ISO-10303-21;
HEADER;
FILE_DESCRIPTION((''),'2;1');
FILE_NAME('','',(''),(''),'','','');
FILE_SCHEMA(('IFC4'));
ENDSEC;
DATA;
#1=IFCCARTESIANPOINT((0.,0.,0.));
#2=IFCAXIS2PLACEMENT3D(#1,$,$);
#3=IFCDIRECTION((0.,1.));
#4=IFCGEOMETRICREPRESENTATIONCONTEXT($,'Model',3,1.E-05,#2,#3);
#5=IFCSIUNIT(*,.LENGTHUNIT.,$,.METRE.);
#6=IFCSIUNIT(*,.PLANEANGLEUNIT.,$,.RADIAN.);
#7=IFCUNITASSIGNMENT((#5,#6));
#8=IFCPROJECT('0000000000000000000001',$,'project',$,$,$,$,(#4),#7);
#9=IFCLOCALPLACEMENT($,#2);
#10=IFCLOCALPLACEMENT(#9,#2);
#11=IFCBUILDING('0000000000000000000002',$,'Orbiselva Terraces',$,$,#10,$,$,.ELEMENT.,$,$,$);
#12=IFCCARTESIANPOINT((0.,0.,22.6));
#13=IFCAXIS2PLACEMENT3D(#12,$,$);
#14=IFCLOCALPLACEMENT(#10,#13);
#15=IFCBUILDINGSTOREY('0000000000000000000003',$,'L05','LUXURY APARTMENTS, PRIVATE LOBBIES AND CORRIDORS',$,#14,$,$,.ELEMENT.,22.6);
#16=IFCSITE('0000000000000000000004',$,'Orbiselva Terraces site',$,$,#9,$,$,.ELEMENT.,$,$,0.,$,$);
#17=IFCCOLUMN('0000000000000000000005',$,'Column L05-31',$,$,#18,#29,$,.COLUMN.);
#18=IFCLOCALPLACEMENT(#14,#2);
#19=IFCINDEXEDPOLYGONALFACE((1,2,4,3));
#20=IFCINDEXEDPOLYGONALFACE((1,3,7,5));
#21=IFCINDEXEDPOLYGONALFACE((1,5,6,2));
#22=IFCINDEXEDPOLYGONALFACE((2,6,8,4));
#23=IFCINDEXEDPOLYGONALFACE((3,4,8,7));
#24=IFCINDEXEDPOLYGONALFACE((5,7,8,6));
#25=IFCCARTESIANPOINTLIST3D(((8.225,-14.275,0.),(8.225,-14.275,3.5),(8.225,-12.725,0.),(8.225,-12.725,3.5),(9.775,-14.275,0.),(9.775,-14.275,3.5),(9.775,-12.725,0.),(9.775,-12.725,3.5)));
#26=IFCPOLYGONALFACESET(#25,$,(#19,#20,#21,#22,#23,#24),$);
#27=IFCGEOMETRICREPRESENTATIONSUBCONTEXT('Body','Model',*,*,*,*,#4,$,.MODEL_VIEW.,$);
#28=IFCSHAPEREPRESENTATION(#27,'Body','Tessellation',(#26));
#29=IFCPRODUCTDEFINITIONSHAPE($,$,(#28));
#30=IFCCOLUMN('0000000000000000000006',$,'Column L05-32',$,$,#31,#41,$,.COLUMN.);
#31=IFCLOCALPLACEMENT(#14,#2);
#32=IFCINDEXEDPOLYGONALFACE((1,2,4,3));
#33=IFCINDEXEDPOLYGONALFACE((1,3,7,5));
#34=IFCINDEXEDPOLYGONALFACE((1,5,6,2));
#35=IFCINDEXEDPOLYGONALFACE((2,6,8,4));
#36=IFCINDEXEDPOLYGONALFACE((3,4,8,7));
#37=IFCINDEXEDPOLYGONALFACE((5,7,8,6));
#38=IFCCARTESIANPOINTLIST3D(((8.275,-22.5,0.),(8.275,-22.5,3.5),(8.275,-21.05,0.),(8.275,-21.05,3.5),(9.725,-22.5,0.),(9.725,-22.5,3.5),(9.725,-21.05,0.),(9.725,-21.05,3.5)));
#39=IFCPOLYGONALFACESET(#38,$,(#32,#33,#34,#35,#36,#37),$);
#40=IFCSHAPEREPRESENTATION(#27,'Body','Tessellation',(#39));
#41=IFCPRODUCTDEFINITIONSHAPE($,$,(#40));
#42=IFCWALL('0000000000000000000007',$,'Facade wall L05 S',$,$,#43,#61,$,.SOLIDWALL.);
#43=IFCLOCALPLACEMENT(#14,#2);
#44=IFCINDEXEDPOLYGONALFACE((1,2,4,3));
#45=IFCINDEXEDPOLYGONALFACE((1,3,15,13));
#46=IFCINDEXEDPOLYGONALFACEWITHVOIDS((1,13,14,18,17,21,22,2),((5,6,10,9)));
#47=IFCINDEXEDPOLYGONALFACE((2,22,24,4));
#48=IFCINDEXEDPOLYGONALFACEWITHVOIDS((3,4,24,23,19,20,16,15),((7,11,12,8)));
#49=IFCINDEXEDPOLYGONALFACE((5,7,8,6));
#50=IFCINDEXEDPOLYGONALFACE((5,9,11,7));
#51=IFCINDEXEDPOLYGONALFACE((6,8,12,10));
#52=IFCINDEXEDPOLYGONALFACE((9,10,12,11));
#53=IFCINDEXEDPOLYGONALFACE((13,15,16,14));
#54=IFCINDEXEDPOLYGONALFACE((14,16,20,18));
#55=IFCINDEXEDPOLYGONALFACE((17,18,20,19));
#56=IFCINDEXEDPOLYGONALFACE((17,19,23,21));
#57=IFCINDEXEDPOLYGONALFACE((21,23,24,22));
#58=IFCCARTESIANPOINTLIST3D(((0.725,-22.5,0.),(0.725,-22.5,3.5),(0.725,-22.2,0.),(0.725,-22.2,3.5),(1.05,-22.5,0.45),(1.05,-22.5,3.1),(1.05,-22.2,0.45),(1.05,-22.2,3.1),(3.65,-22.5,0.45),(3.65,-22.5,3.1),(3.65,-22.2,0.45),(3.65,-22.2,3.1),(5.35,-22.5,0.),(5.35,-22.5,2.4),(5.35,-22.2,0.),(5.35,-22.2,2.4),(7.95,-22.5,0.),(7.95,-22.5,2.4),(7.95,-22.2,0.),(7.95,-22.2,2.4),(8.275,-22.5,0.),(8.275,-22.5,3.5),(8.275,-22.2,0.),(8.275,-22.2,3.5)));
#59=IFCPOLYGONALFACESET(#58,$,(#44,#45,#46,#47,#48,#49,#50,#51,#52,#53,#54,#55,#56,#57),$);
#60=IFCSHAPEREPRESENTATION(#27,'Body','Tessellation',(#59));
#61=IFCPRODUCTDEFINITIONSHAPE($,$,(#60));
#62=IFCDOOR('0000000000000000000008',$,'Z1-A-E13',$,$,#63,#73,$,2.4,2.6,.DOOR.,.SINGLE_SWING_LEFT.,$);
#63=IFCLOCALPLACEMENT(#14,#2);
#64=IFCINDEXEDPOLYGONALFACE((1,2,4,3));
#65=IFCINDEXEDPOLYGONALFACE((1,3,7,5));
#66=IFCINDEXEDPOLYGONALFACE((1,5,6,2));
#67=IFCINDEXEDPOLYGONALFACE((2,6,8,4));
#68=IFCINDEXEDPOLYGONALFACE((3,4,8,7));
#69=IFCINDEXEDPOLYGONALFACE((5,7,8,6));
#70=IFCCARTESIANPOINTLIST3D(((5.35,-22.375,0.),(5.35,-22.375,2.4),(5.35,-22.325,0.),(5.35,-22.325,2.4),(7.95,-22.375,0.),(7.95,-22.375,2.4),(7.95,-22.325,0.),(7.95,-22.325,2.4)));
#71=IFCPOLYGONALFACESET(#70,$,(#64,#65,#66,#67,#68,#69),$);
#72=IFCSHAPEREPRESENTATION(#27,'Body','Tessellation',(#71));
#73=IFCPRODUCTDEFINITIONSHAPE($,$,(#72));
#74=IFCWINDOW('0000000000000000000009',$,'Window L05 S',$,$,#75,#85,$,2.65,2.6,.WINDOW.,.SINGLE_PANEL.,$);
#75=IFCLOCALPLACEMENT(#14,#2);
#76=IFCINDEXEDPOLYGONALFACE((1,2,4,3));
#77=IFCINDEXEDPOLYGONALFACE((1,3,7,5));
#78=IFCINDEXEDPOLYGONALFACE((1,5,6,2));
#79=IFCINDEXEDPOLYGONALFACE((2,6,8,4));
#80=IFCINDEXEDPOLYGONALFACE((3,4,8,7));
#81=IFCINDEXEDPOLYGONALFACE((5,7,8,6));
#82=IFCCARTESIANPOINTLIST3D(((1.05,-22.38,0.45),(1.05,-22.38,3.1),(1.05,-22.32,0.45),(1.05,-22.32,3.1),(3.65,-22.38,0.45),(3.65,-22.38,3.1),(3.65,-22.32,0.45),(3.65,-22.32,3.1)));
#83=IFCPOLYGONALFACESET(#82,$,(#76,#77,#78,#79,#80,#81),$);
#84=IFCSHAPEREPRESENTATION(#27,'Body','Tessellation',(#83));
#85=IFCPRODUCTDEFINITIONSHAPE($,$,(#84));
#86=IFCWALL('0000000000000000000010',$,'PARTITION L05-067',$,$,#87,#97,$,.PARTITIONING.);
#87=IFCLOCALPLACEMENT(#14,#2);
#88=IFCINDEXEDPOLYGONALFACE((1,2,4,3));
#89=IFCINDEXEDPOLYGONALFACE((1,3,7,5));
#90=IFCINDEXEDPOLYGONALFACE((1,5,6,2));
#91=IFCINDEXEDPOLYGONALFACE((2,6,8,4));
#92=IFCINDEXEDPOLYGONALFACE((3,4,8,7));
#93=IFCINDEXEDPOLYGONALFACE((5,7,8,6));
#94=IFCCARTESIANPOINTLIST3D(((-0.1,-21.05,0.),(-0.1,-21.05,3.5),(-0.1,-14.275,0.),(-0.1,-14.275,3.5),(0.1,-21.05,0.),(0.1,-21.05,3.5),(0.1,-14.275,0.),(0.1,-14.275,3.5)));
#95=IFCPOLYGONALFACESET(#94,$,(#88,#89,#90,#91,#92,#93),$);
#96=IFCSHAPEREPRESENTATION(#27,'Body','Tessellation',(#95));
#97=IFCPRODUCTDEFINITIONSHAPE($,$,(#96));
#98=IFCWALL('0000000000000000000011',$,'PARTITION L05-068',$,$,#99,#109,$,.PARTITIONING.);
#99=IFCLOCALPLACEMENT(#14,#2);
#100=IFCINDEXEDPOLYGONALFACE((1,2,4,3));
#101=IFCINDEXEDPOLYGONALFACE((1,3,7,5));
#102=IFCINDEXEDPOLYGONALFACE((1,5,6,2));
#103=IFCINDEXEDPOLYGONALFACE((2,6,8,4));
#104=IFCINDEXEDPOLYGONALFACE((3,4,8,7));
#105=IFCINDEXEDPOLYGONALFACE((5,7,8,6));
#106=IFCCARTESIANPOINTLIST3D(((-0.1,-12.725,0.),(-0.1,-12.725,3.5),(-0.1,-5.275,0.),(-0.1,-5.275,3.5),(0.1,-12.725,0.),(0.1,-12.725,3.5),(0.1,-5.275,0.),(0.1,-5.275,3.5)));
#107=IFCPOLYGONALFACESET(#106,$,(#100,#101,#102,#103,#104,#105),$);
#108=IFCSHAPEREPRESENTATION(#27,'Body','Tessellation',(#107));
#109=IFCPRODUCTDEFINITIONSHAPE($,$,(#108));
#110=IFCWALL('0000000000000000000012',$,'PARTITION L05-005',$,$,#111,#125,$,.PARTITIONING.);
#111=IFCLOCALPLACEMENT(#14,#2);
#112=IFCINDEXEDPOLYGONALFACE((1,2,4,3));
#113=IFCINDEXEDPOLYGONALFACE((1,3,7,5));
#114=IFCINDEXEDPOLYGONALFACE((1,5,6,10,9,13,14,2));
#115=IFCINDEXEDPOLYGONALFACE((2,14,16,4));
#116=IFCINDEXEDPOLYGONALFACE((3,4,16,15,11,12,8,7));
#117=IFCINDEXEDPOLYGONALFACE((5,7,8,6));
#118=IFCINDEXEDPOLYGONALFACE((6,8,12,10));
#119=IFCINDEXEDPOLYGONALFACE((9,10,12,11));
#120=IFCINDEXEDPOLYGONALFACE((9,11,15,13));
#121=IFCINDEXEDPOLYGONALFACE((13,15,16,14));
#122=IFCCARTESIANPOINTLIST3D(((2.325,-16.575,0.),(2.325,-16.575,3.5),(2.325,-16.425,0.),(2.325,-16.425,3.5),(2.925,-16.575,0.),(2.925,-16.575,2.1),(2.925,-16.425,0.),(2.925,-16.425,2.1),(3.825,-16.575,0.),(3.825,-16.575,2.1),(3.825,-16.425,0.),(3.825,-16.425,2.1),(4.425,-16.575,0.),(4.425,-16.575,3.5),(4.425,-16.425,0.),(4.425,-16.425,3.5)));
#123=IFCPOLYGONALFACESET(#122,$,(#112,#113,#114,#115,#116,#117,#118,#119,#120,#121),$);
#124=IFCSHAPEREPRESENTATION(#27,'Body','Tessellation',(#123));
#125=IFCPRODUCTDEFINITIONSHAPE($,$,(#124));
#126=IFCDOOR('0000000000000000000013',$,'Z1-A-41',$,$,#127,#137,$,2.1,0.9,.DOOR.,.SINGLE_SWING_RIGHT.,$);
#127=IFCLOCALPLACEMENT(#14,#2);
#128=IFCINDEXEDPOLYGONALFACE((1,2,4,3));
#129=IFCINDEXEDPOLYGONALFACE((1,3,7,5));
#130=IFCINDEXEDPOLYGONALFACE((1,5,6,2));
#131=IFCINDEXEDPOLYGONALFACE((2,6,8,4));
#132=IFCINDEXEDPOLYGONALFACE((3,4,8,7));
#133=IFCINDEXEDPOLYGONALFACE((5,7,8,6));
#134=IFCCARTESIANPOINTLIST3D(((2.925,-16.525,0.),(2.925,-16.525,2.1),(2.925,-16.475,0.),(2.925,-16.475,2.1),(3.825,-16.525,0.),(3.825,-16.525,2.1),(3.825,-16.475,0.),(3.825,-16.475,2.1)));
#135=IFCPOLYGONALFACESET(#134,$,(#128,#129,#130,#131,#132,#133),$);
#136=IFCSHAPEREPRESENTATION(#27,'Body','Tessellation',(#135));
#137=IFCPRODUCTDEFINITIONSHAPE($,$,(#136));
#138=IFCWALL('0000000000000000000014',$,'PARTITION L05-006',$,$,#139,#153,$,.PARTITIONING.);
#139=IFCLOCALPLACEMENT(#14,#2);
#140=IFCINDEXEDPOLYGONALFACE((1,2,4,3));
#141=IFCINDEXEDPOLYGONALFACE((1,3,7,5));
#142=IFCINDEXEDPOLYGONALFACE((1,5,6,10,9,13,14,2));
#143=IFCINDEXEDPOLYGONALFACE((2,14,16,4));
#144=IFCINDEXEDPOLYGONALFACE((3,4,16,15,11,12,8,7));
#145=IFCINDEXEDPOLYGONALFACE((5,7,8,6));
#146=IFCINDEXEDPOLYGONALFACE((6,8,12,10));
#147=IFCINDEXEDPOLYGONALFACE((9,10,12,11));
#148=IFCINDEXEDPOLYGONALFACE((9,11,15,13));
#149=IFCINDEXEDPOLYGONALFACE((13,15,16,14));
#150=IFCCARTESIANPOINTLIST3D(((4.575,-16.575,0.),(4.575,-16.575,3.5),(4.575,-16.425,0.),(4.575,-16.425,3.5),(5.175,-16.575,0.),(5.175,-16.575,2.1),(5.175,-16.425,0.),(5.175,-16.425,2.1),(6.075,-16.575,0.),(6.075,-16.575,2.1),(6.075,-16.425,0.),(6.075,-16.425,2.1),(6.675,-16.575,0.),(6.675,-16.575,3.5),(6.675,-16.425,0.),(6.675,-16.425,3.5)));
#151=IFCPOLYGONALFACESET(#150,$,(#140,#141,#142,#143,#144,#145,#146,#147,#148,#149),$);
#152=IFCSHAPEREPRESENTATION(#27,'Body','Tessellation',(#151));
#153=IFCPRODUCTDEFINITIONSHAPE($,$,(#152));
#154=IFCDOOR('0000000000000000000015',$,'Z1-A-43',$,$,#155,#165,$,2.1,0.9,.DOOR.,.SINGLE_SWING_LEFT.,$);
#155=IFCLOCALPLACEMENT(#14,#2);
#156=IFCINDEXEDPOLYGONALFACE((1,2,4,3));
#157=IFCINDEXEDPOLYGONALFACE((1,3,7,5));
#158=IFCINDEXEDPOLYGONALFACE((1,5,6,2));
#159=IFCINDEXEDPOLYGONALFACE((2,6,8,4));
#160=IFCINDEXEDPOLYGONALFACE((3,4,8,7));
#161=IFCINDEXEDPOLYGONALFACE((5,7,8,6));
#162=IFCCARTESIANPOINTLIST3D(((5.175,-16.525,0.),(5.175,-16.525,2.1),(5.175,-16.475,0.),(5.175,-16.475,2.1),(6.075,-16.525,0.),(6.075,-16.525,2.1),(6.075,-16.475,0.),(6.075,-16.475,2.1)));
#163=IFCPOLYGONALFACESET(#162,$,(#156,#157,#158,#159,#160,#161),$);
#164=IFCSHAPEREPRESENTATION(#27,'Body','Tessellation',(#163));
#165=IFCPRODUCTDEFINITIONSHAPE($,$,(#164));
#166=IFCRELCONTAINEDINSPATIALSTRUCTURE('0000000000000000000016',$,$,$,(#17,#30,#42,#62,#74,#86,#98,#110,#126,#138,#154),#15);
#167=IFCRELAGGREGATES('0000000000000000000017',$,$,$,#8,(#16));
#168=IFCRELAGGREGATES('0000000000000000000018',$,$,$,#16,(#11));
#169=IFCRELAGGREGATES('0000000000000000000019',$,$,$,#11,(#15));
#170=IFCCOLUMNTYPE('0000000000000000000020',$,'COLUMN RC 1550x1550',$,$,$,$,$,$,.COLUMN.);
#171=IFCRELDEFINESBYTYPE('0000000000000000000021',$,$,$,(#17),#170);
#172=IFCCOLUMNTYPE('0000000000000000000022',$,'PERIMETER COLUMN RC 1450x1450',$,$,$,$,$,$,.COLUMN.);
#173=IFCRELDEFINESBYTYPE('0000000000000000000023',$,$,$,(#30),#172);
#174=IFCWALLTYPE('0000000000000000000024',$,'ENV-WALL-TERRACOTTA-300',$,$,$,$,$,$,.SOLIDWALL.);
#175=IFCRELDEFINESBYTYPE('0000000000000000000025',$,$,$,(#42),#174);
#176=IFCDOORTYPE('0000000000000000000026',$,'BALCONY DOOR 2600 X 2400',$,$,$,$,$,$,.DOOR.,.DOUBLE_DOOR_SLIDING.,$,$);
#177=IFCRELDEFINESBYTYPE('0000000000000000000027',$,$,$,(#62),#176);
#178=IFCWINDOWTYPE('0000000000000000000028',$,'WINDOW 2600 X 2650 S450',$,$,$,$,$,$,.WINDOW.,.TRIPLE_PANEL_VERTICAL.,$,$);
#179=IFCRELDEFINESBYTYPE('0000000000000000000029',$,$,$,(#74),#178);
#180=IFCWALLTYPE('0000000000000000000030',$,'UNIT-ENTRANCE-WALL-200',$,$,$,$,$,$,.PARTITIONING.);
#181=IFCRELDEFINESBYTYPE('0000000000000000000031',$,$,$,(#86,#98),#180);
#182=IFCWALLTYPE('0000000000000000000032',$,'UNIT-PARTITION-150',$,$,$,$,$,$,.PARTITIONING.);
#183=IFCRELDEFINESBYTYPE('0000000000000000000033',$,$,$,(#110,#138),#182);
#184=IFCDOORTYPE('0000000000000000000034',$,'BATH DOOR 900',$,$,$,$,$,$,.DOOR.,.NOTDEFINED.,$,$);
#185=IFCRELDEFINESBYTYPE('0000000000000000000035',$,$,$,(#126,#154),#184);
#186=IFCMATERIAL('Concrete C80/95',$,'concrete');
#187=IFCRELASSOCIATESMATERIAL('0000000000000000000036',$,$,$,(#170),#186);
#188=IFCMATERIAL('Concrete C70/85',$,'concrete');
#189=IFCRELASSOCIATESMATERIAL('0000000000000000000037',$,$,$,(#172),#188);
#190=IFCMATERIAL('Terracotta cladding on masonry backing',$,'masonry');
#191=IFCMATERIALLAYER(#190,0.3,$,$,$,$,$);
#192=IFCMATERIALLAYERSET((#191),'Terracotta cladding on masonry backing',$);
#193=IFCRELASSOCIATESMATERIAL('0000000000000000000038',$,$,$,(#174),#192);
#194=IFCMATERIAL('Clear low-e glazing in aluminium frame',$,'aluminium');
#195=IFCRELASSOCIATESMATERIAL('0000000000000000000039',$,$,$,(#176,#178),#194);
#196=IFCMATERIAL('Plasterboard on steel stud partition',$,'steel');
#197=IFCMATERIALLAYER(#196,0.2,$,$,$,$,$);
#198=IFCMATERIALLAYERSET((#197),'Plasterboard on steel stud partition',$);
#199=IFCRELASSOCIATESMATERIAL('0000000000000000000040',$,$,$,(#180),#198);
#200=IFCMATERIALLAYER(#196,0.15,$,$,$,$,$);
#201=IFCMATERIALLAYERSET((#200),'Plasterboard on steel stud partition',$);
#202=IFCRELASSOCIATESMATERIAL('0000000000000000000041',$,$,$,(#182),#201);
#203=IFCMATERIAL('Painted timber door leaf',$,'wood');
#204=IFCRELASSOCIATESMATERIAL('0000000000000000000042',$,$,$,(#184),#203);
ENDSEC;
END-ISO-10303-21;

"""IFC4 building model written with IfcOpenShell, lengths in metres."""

from ifc_helpers import new_model, si_unit, direction, frame, frame_2d, origin, origin_2d, place, context, subcontext, project, spatial, rectangle, extrude, material, layer, layer_set, material_profile, profile_set, type_object, element, fill, save


model = new_model("IFC4")

# Units and contexts
model_context = context("Model", 3, precision=1e-05, world=origin(), true_north=direction((0.0, 1.0)))
body_context = subcontext(model_context, "Body", "Model", "MODEL_VIEW")
ifc_project = project(units=[si_unit("LENGTHUNIT", "METRE"), si_unit("PLANEANGLEUNIT", "RADIAN")], contexts=[model_context])

# Site, building, storey
site_placement = place(None, origin())
site = spatial("IfcSite", under=ifc_project, at=site_placement, Name="Orbiselva Terraces site", CompositionType="ELEMENT", RefElevation=0.0)
building_placement = place(site_placement, origin())
building = spatial("IfcBuilding", under=site, at=building_placement, Name="Orbiselva Terraces", CompositionType="ELEMENT")
storey_placement = place(building_placement, frame((0.0, 0.0, 22.6)))
storey = spatial("IfcBuildingStorey", under=building, at=storey_placement, Name="L05", Description="LUXURY APARTMENTS, PRIVATE LOBBIES AND CORRIDORS", CompositionType="ELEMENT", Elevation=22.6)

# Columns
ifc_material_1 = material(Name="Concrete C80/95", Category="concrete")
ifc_material_profile_1 = material_profile(ifc_material_1, rectangle(XDim=1.55, YDim=1.55, at=origin_2d()), Name="RC 1550x1550")
ifc_profile_set_1 = profile_set([ifc_material_profile_1], Name="Concrete C80/95")
column_type_1 = type_object("IfcColumnType", Name="COLUMN RC 1550x1550", PredefinedType="COLUMN", material=ifc_profile_set_1)
column_1_placement = place(storey_placement, frame((9.0, -13.5, 0.0), z_axis=(0.0, 0.0, 1.0), x_axis=(1.0, 0.0, 0.0)))
element("IfcColumn", 1, at=column_1_placement, inside=storey, type_object=column_type_1, Name="Column L05-31", PredefinedType="COLUMN", context=body_context, shape_type="SweptSolid", body=[
    extrude(rectangle(XDim=1.55, YDim=1.55, at=origin_2d()), origin(), (0.0, 0.0, 1.0), 3.5),
])
ifc_material_2 = material(Name="Concrete C70/85", Category="concrete")
ifc_material_profile_2 = material_profile(ifc_material_2, rectangle(XDim=1.45, YDim=1.45, at=origin_2d()), Name="RC 1450x1450")
ifc_profile_set_2 = profile_set([ifc_material_profile_2], Name="Concrete C70/85")
column_type_2 = type_object("IfcColumnType", Name="PERIMETER COLUMN RC 1450x1450", PredefinedType="COLUMN", material=ifc_profile_set_2)
column_2_placement = place(storey_placement, frame((9.0, -21.775, 0.0), z_axis=(0.0, 0.0, 1.0), x_axis=(1.0, 0.0, 0.0)))
element("IfcColumn", 2, at=column_2_placement, inside=storey, type_object=column_type_2, Name="Column L05-32", PredefinedType="COLUMN", context=body_context, shape_type="SweptSolid", body=[
    extrude(rectangle(XDim=1.45, YDim=1.45, at=origin_2d()), origin(), (0.0, 0.0, 1.0), 3.5),
])

# Wall, openings, door, window
ifc_material_3 = material(Name="Terracotta cladding on masonry backing", Category="masonry")
ifc_layer_1 = layer(ifc_material_3, 0.3)
ifc_layer_set_1 = layer_set([ifc_layer_1], Name="Terracotta cladding on masonry backing")
wall_type_1 = type_object("IfcWallType", Name="ENV-WALL-TERRACOTTA-300", PredefinedType="SOLIDWALL", material=ifc_layer_set_1)
wall_1_placement = place(storey_placement, frame((8.275, -22.35, 0.0), z_axis=(0.0, 0.0, 1.0), x_axis=(-1.0, 0.0, 0.0)))
wall_1 = element("IfcWall", 3, at=wall_1_placement, inside=storey, type_object=wall_type_1, Name="Facade wall L05 S", PredefinedType="SOLIDWALL", context=body_context, shape_type="SweptSolid", body=[
    extrude(rectangle(XDim=7.55, YDim=0.3, at=frame_2d((3.775, 0.0))), origin(), (0.0, 0.0, 1.0), 3.5),
])
opening_1_placement = place(wall_1_placement, frame((4.625, 0.0, 0.45)))
opening_1 = element("IfcOpeningElement", 4, at=opening_1_placement, cuts=wall_1, PredefinedType="OPENING", context=body_context, shape_type="SweptSolid", body=[
    extrude(rectangle(XDim=2.6, YDim=2.65, at=frame_2d((1.3, 1.325))), frame((0.0, 0.16, 0.0), z_axis=(0.0, -1.0, 0.0), x_axis=(1.0, 0.0, 0.0)), (0.0, 0.0, 1.0), 0.32),
])
opening_2_placement = place(wall_1_placement, frame((0.325, 0.0, 0.0)))
opening_2 = element("IfcOpeningElement", 5, at=opening_2_placement, cuts=wall_1, PredefinedType="OPENING", context=body_context, shape_type="SweptSolid", body=[
    extrude(rectangle(XDim=2.6, YDim=2.4, at=frame_2d((1.3, 1.2))), frame((0.0, 0.16, 0.0), z_axis=(0.0, -1.0, 0.0), x_axis=(1.0, 0.0, 0.0)), (0.0, 0.0, 1.0), 0.32),
])
ifc_material_4 = material(Name="Clear low-e glazing in aluminium frame", Category="aluminium")
door_type_1 = type_object("IfcDoorType", Name="BALCONY DOOR 2600 X 2400", OperationType="DOUBLE_DOOR_SLIDING", PredefinedType="DOOR", material=ifc_material_4)
door_1_placement = place(opening_2_placement, origin())
door_1 = element("IfcDoor", 6, at=door_1_placement, inside=storey, type_object=door_type_1, Name="Z1-A-E13", OperationType="SINGLE_SWING_LEFT", OverallHeight=2.4, OverallWidth=2.6, PredefinedType="DOOR", context=body_context, shape_type="SweptSolid", body=[
    extrude(rectangle(XDim=2.6, YDim=2.4, at=frame_2d((1.3, 1.2))), frame((0.0, 0.025, 0.0), z_axis=(0.0, -1.0, 0.0), x_axis=(1.0, 0.0, 0.0)), (0.0, 0.0, 1.0), 0.05),
])
fill(opening_2, door_1)
window_type = type_object("IfcWindowType", Name="WINDOW 2600 X 2650 S450", PartitioningType="TRIPLE_PANEL_VERTICAL", PredefinedType="WINDOW", material=ifc_material_4)
window_placement = place(opening_1_placement, origin())
window = element("IfcWindow", 7, at=window_placement, inside=storey, type_object=window_type, Name="Window L05 S", OverallHeight=2.65, OverallWidth=2.6, PartitioningType="SINGLE_PANEL", PredefinedType="WINDOW", context=body_context, shape_type="SweptSolid", body=[
    extrude(rectangle(XDim=2.6, YDim=2.65, at=frame_2d((1.3, 1.325))), frame((0.0, 0.03, 0.0), z_axis=(0.0, -1.0, 0.0), x_axis=(1.0, 0.0, 0.0)), (0.0, 0.0, 1.0), 0.06),
])
fill(opening_1, window)

# Walls
ifc_material_5 = material(Name="Plasterboard on steel stud partition", Category="steel")
ifc_layer_2 = layer(ifc_material_5, 0.2)
ifc_layer_set_2 = layer_set([ifc_layer_2], Name="Plasterboard on steel stud partition")
wall_type_2 = type_object("IfcWallType", Name="UNIT-ENTRANCE-WALL-200", PredefinedType="PARTITIONING", material=ifc_layer_set_2)
wall_2_placement = place(storey_placement, frame((0.0, -21.05, 0.0), z_axis=(0.0, 0.0, 1.0), x_axis=(0.0, 1.0, 0.0)))
element("IfcWall", 8, at=wall_2_placement, inside=storey, type_object=wall_type_2, Name="PARTITION L05-067", PredefinedType="PARTITIONING", context=body_context, shape_type="SweptSolid", body=[
    extrude(rectangle(XDim=6.775, YDim=0.2, at=frame_2d((3.3875, 0.0))), origin(), (0.0, 0.0, 1.0), 3.5),
])
wall_3_placement = place(storey_placement, frame((0.0, -12.725, 0.0), z_axis=(0.0, 0.0, 1.0), x_axis=(0.0, 1.0, 0.0)))
element("IfcWall", 9, at=wall_3_placement, inside=storey, type_object=wall_type_2, Name="PARTITION L05-068", PredefinedType="PARTITIONING", context=body_context, shape_type="SweptSolid", body=[
    extrude(rectangle(XDim=7.45, YDim=0.2, at=frame_2d((3.725, 0.0))), origin(), (0.0, 0.0, 1.0), 3.5),
])

# Walls, openings, doors
ifc_layer_3 = layer(ifc_material_5, 0.15)
ifc_layer_set_3 = layer_set([ifc_layer_3], Name="Plasterboard on steel stud partition")
wall_type_3 = type_object("IfcWallType", Name="UNIT-PARTITION-150", PredefinedType="PARTITIONING", material=ifc_layer_set_3)
wall_4_placement = place(storey_placement, frame((2.325, -16.5, 0.0), z_axis=(0.0, 0.0, 1.0), x_axis=(1.0, 0.0, 0.0)))
wall_4 = element("IfcWall", 10, at=wall_4_placement, inside=storey, type_object=wall_type_3, Name="PARTITION L05-005", PredefinedType="PARTITIONING", context=body_context, shape_type="SweptSolid", body=[
    extrude(rectangle(XDim=2.1, YDim=0.15, at=frame_2d((1.05, 0.0))), origin(), (0.0, 0.0, 1.0), 3.5),
])
opening_3_placement = place(wall_4_placement, frame((0.6, 0.0, 0.0)))
opening_3 = element("IfcOpeningElement", 11, at=opening_3_placement, cuts=wall_4, PredefinedType="OPENING", context=body_context, shape_type="SweptSolid", body=[
    extrude(rectangle(XDim=0.9, YDim=2.1, at=frame_2d((0.45, 1.05))), frame((0.0, 0.085, 0.0), z_axis=(0.0, -1.0, 0.0), x_axis=(1.0, 0.0, 0.0)), (0.0, 0.0, 1.0), 0.17),
])
ifc_material_6 = material(Name="Painted timber door leaf", Category="wood")
door_type_2 = type_object("IfcDoorType", Name="BATH DOOR 900", OperationType="NOTDEFINED", PredefinedType="DOOR", material=ifc_material_6)
door_2_placement = place(opening_3_placement, origin())
door_2 = element("IfcDoor", 12, at=door_2_placement, inside=storey, type_object=door_type_2, Name="Z1-A-41", OperationType="SINGLE_SWING_RIGHT", OverallHeight=2.1, OverallWidth=0.9, PredefinedType="DOOR", context=body_context, shape_type="SweptSolid", body=[
    extrude(rectangle(XDim=0.9, YDim=2.1, at=frame_2d((0.45, 1.05))), frame((0.0, 0.025, 0.0), z_axis=(0.0, -1.0, 0.0), x_axis=(1.0, 0.0, 0.0)), (0.0, 0.0, 1.0), 0.05),
])
fill(opening_3, door_2)
wall_5_placement = place(storey_placement, frame((4.575, -16.5, 0.0), z_axis=(0.0, 0.0, 1.0), x_axis=(1.0, 0.0, 0.0)))
wall_5 = element("IfcWall", 13, at=wall_5_placement, inside=storey, type_object=wall_type_3, Name="PARTITION L05-006", PredefinedType="PARTITIONING", context=body_context, shape_type="SweptSolid", body=[
    extrude(rectangle(XDim=2.1, YDim=0.15, at=frame_2d((1.05, 0.0))), origin(), (0.0, 0.0, 1.0), 3.5),
])
opening_4_placement = place(wall_5_placement, frame((0.6, 0.0, 0.0)))
opening_4 = element("IfcOpeningElement", 14, at=opening_4_placement, cuts=wall_5, PredefinedType="OPENING", context=body_context, shape_type="SweptSolid", body=[
    extrude(rectangle(XDim=0.9, YDim=2.1, at=frame_2d((0.45, 1.05))), frame((0.0, 0.085, 0.0), z_axis=(0.0, -1.0, 0.0), x_axis=(1.0, 0.0, 0.0)), (0.0, 0.0, 1.0), 0.17),
])
door_3_placement = place(opening_4_placement, origin())
door_3 = element("IfcDoor", 15, at=door_3_placement, inside=storey, type_object=door_type_2, Name="Z1-A-43", OperationType="SINGLE_SWING_LEFT", OverallHeight=2.1, OverallWidth=0.9, PredefinedType="DOOR", context=body_context, shape_type="SweptSolid", body=[
    extrude(rectangle(XDim=0.9, YDim=2.1, at=frame_2d((0.45, 1.05))), frame((0.0, 0.025, 0.0), z_axis=(0.0, -1.0, 0.0), x_axis=(1.0, 0.0, 0.0)), (0.0, 0.0, 1.0), 0.05),
])
fill(opening_4, door_3)

save(model, "model.ifc")
